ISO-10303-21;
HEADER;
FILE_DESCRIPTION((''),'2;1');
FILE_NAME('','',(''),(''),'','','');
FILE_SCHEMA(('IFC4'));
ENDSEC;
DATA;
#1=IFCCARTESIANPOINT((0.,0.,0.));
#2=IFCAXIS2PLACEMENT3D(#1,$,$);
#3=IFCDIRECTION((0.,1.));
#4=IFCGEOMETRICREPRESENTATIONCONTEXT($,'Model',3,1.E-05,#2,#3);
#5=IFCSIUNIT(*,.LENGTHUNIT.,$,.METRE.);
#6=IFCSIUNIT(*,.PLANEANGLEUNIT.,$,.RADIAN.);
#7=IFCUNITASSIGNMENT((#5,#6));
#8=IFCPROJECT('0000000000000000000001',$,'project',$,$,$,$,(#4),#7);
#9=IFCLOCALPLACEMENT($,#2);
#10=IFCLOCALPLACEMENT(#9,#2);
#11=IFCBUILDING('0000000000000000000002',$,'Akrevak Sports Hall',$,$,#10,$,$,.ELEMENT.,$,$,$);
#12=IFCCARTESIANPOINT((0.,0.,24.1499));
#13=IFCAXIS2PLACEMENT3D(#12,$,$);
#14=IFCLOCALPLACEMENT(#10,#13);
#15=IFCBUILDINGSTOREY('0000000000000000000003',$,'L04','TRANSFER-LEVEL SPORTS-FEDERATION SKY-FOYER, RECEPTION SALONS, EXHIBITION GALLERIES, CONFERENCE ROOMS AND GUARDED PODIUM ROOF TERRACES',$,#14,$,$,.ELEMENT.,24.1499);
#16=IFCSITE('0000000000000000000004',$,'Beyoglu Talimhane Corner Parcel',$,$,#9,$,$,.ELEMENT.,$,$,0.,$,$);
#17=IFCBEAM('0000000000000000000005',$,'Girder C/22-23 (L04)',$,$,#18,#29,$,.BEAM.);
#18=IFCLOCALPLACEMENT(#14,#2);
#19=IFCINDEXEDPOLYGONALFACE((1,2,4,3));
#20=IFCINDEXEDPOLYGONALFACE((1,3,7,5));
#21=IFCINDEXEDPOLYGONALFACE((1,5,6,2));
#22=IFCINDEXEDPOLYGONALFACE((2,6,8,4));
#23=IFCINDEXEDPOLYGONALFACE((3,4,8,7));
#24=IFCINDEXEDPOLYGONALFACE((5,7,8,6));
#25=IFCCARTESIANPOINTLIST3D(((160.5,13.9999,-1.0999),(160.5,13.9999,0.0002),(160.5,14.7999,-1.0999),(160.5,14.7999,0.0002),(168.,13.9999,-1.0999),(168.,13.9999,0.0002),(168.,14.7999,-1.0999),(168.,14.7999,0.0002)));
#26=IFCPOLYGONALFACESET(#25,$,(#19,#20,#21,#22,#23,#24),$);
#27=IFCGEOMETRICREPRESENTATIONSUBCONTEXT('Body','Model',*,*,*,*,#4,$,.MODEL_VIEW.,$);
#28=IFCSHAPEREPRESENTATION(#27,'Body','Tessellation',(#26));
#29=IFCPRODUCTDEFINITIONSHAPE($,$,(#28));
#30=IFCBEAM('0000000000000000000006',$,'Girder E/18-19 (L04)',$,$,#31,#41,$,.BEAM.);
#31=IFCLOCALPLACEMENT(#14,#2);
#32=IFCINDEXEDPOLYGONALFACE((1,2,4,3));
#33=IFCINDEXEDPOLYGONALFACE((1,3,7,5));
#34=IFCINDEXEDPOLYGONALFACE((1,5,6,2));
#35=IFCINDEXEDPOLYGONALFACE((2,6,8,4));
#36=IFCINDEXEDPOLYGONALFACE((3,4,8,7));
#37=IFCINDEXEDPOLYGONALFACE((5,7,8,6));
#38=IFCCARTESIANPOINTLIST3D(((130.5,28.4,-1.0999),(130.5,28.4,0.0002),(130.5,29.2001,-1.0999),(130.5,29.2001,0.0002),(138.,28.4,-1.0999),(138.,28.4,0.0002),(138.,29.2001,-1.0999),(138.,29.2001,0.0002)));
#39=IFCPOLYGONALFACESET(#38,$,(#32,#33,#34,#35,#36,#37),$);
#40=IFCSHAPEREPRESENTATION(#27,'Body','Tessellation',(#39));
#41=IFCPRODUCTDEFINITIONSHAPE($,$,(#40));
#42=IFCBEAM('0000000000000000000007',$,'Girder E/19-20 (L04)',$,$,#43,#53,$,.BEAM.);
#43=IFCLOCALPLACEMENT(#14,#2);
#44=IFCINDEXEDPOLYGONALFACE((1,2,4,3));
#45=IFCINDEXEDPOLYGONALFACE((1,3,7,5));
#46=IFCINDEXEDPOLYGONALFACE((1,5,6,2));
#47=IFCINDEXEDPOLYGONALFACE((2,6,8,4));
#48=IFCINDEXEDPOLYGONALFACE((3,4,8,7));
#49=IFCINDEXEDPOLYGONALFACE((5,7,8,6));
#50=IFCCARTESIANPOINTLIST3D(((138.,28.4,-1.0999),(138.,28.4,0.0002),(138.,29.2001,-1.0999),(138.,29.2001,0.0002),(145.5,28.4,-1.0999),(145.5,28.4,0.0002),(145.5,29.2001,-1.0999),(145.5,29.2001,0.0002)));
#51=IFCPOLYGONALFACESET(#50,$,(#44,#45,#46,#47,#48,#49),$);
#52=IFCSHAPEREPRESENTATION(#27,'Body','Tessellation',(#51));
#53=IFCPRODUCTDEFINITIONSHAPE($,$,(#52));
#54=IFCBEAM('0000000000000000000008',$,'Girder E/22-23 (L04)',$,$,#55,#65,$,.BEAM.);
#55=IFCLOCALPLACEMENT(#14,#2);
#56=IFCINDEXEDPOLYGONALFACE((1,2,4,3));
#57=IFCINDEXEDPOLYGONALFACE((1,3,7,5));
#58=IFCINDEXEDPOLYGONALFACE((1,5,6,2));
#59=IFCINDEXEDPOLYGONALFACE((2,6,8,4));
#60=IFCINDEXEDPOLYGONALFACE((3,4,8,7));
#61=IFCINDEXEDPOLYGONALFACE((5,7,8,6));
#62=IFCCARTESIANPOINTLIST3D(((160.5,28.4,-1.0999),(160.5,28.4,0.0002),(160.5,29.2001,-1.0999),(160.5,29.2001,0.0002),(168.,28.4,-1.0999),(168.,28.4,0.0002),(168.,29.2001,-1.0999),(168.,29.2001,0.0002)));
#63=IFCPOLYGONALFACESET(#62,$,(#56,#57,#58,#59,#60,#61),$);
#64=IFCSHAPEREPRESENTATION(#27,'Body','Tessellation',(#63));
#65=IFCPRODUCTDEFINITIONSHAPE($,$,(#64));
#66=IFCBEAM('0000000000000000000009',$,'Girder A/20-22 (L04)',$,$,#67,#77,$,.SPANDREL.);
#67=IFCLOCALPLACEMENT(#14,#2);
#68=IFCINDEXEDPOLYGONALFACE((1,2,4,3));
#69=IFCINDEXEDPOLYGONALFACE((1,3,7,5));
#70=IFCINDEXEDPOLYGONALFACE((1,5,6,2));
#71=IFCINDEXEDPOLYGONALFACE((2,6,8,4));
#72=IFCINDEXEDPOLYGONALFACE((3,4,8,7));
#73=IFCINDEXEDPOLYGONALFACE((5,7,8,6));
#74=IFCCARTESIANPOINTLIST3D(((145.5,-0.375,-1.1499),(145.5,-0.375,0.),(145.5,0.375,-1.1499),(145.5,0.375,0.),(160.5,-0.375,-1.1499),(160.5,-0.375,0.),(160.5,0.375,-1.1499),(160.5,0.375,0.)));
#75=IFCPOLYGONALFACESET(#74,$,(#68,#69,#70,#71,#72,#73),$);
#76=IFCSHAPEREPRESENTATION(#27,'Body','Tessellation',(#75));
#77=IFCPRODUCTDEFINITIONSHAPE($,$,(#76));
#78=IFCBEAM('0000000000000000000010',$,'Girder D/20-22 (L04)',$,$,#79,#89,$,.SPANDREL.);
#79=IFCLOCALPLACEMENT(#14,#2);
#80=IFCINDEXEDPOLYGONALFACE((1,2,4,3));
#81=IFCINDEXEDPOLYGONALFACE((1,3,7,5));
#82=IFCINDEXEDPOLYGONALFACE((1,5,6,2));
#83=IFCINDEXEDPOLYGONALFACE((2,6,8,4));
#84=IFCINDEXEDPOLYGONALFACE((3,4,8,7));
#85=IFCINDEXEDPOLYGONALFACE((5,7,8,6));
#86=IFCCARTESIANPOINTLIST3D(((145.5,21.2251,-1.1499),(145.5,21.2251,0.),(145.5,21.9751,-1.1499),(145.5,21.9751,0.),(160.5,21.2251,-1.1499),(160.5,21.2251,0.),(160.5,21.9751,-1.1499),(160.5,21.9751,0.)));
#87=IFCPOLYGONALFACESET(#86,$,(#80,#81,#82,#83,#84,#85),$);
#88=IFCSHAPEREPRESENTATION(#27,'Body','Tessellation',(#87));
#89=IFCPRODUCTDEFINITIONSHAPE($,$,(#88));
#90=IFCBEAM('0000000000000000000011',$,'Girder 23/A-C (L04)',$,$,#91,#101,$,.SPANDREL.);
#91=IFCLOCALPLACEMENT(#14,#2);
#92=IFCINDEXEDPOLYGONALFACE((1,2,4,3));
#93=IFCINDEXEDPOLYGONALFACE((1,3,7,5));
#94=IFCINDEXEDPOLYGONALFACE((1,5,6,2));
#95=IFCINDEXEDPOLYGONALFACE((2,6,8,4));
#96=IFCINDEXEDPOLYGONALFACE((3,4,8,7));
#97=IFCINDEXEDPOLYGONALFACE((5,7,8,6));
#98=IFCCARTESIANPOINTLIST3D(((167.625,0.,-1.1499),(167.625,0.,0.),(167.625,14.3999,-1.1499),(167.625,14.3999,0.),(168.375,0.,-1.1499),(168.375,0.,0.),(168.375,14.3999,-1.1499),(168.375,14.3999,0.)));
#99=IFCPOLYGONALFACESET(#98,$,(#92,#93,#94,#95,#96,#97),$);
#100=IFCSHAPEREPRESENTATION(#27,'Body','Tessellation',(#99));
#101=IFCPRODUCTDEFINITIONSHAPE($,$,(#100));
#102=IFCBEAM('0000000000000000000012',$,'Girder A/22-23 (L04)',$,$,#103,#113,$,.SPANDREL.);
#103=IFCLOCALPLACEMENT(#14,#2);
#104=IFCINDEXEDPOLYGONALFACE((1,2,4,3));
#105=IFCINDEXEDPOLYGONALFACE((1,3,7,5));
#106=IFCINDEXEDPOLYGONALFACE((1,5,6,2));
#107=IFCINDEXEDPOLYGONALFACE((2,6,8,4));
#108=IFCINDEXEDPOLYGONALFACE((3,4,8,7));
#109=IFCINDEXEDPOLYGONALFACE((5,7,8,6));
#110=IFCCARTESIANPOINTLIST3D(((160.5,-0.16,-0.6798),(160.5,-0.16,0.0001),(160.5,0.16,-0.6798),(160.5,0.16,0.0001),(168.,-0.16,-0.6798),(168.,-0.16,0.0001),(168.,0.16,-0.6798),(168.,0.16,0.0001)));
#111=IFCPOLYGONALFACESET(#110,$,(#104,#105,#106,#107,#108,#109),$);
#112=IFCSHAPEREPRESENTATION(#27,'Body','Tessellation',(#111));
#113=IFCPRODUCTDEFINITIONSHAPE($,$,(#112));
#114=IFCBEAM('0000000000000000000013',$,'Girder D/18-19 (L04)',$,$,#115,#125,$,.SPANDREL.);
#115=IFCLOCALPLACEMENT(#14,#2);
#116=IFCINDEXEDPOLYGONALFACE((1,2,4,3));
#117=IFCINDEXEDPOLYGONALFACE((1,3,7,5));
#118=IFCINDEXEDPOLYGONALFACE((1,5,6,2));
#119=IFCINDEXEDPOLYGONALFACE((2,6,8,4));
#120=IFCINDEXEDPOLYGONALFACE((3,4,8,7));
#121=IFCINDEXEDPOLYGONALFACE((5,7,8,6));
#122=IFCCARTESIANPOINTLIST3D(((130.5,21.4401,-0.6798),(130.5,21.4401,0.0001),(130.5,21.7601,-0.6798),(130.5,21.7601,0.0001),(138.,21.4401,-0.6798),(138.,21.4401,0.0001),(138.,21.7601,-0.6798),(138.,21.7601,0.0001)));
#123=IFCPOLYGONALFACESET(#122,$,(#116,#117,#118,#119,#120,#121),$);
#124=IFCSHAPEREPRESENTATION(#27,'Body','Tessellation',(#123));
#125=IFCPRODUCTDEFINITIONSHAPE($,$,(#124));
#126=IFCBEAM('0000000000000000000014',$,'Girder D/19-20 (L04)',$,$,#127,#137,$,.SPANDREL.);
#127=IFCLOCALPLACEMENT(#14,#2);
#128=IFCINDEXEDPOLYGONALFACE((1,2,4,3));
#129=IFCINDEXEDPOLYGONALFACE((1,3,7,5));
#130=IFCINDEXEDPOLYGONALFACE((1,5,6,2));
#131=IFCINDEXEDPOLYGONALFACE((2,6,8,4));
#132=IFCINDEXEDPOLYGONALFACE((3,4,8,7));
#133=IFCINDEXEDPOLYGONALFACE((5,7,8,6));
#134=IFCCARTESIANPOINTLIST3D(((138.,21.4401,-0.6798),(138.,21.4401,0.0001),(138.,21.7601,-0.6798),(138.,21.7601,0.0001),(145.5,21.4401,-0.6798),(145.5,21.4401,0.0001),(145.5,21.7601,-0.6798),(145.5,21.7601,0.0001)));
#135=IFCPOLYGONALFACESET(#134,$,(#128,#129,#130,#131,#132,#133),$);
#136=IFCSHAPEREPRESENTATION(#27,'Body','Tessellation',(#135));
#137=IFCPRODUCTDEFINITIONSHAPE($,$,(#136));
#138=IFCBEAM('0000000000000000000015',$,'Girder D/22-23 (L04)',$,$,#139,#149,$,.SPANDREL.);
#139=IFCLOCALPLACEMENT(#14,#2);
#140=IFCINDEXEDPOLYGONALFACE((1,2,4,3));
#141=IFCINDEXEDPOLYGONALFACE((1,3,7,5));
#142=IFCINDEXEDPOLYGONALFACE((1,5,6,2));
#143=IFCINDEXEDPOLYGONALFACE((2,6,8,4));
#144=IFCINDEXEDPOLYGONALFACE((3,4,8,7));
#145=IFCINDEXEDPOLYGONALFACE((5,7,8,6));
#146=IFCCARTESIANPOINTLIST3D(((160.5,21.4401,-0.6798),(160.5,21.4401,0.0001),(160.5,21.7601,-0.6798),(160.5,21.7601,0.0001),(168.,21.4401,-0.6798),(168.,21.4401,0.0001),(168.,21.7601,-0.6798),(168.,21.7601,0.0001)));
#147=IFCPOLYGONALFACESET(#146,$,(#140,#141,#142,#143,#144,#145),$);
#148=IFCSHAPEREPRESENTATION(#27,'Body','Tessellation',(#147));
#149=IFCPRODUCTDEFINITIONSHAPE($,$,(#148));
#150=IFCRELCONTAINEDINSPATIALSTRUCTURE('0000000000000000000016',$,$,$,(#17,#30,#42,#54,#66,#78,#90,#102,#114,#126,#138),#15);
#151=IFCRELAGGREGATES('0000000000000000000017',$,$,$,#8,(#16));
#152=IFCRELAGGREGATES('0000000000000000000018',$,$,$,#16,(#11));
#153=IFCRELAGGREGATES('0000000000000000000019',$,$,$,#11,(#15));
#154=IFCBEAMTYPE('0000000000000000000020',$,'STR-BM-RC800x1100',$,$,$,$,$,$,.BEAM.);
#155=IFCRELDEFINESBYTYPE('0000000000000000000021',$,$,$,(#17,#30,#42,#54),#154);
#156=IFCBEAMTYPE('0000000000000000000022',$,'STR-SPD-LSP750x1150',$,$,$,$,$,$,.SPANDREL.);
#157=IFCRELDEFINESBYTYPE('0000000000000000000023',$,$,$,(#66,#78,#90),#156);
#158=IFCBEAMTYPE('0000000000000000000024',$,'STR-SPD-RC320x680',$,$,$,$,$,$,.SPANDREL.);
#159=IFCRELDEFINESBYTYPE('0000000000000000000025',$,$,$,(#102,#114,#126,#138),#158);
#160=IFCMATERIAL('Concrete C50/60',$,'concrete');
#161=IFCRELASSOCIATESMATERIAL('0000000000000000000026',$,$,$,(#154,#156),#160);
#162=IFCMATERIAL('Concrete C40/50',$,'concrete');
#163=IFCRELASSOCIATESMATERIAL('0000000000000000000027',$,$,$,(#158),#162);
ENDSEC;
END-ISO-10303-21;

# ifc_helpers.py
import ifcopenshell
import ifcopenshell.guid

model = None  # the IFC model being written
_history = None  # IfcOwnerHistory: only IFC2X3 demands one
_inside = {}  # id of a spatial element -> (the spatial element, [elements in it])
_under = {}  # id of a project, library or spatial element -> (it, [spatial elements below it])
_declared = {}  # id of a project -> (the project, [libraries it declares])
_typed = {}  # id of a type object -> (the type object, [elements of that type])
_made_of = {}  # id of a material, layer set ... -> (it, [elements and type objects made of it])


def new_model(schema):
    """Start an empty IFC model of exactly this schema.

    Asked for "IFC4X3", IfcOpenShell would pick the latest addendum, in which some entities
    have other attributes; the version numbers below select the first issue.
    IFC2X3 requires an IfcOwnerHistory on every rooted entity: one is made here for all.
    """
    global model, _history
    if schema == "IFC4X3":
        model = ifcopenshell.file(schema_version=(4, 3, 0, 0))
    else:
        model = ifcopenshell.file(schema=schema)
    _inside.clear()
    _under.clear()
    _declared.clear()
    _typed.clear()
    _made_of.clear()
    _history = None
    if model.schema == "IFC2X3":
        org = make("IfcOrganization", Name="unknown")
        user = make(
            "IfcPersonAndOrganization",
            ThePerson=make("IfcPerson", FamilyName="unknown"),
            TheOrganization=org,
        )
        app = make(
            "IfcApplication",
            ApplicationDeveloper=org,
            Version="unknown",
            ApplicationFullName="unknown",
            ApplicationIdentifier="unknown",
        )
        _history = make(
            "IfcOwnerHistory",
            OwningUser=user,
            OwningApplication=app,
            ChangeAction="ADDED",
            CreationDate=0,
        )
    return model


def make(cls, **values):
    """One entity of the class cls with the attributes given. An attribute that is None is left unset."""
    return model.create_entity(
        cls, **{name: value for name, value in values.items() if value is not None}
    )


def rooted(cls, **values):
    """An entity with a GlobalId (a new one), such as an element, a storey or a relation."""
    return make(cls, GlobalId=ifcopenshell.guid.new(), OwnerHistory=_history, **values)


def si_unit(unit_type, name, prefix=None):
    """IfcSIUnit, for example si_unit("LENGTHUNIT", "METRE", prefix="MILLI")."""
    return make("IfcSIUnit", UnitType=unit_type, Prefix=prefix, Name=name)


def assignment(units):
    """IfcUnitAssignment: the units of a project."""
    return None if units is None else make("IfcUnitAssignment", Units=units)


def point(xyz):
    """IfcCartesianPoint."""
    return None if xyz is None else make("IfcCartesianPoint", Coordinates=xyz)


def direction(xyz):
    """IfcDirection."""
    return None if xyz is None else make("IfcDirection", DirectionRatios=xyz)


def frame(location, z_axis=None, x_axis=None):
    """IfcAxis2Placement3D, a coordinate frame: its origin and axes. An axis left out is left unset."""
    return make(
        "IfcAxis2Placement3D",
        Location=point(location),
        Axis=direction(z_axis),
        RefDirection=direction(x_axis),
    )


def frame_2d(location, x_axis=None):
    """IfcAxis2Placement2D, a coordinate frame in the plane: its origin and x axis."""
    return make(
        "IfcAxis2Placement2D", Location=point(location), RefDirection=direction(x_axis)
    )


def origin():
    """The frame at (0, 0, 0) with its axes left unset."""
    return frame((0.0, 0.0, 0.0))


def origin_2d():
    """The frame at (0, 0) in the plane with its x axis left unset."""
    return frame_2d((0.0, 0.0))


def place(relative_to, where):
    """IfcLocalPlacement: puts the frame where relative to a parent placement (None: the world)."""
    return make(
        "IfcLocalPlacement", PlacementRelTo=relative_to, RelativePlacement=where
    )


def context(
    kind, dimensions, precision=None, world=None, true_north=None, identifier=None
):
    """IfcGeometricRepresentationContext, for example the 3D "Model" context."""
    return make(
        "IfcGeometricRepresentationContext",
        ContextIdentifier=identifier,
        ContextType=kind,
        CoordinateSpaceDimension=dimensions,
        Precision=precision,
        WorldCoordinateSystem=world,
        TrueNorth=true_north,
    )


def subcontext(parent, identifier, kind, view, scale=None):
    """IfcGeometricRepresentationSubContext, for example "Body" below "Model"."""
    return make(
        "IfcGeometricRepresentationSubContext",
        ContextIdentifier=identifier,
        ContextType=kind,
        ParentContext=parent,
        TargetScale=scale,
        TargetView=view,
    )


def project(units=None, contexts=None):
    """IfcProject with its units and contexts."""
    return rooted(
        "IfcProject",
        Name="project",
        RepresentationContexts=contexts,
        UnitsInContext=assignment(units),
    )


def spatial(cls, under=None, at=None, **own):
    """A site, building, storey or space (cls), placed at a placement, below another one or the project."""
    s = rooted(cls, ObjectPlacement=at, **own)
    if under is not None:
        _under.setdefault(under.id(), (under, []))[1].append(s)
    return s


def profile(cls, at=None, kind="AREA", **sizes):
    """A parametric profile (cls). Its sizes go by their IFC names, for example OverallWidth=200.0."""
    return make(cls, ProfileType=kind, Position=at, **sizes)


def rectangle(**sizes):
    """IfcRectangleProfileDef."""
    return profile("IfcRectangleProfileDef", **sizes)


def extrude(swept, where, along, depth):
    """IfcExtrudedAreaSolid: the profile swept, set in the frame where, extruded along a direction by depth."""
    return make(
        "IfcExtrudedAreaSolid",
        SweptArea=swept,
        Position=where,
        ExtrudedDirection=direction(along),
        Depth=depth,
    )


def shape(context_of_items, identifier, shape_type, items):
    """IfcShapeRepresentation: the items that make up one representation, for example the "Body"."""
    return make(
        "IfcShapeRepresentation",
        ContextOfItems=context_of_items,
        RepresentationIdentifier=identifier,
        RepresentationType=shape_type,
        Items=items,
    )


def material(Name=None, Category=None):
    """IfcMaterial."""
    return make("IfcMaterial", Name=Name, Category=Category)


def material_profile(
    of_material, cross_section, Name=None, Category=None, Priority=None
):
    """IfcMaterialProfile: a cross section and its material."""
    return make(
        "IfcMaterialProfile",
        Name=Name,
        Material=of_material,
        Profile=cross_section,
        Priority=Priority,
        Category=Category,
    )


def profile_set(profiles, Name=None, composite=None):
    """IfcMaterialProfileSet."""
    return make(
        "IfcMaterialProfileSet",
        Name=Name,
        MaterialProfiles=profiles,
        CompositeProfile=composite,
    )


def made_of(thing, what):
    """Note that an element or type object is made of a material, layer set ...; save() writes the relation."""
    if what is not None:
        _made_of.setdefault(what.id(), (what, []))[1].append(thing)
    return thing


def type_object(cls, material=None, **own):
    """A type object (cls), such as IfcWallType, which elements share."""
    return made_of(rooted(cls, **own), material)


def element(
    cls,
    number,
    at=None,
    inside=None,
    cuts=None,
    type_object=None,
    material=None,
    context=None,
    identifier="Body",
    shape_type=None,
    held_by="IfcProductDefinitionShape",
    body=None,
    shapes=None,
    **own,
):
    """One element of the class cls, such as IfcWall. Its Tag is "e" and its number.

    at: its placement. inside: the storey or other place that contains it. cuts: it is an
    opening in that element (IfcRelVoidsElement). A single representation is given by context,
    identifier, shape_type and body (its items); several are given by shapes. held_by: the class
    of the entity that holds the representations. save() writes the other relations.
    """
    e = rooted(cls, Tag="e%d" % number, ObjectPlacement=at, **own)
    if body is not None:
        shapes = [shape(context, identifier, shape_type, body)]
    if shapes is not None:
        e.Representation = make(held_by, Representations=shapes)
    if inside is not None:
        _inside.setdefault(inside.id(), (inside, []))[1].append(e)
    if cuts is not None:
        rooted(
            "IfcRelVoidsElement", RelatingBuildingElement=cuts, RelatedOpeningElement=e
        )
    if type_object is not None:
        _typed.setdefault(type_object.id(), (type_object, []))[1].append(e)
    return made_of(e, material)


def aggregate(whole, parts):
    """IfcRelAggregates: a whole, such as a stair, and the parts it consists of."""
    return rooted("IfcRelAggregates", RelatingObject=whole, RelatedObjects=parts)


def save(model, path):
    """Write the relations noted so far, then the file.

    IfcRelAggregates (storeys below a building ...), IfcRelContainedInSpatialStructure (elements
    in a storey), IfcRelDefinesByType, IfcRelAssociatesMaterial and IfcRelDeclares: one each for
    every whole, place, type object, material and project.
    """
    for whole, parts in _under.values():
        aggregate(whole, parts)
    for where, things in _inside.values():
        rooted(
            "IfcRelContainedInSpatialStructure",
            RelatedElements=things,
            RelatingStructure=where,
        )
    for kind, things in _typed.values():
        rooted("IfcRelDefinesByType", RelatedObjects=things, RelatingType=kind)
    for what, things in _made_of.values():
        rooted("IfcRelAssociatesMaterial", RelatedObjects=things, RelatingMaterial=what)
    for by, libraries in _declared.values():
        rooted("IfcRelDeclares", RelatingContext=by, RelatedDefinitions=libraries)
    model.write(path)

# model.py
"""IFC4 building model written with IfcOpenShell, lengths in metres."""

from ifc_helpers import new_model, si_unit, direction, frame, origin, origin_2d, place, context, subcontext, project, spatial, rectangle, extrude, material, material_profile, profile_set, type_object, element, save


model = new_model("IFC4")

# Units and contexts
model_context = context("Model", 3, precision=1e-05, world=origin(), true_north=direction((0.0, 1.0)))
body_context = subcontext(model_context, "Body", "Model", "MODEL_VIEW")
ifc_project = project(units=[si_unit("LENGTHUNIT", "METRE"), si_unit("PLANEANGLEUNIT", "RADIAN")], contexts=[model_context])

# Site, building, storey
site_placement = place(None, origin())
site = spatial("IfcSite", under=ifc_project, at=site_placement, Name="Beyoglu Talimhane Corner Parcel", CompositionType="ELEMENT", RefElevation=0.0)
building_placement = place(site_placement, origin())
building = spatial("IfcBuilding", under=site, at=building_placement, Name="Akrevak Sports Hall", CompositionType="ELEMENT")
storey_placement = place(building_placement, frame((0.0, 0.0, 24.1499)))
storey = spatial("IfcBuildingStorey", under=building, at=storey_placement, Name="L04", Description="TRANSFER-LEVEL SPORTS-FEDERATION SKY-FOYER, RECEPTION SALONS, EXHIBITION GALLERIES, CONFERENCE ROOMS AND GUARDED PODIUM ROOF TERRACES", CompositionType="ELEMENT", Elevation=24.1499)

# Beams
ifc_material_1 = material(Name="Concrete C50/60", Category="concrete")
ifc_material_profile_1 = material_profile(ifc_material_1, rectangle(XDim=0.8, YDim=1.1001, at=origin_2d()), Name="BM 800x1100", Category="concrete")
ifc_profile_set_1 = profile_set([ifc_material_profile_1], Name="Concrete C50/60")
beam_type_1 = type_object("IfcBeamType", Name="STR-BM-RC800x1100", PredefinedType="BEAM", material=ifc_profile_set_1)
for number, where, z_axis, x_axis, name in (
    (1, (160.5, 14.3999, -0.5498), (1.0, 0.0, 0.0), (0.0, 1.0, 0.0), "Girder C/22-23 (L04)"),
    (2, (130.5, 28.8, -0.5498), (1.0, 0.0, 0.0), (0.0, 1.0, 0.0), "Girder E/18-19 (L04)"),
    (3, (138.0, 28.8, -0.5498), (1.0, 0.0, 0.0), (0.0, 1.0, 0.0), "Girder E/19-20 (L04)"),
    (4, (160.5, 28.8, -0.5498), (1.0, 0.0, 0.0), (0.0, 1.0, 0.0), "Girder E/22-23 (L04)"),
):
    element("IfcBeam", number, at=place(storey_placement, frame(where, z_axis=z_axis, x_axis=x_axis)), inside=storey, type_object=beam_type_1, Name=name, PredefinedType="BEAM", context=body_context, shape_type="SweptSolid", body=[
        extrude(rectangle(XDim=0.8, YDim=1.1001, at=origin_2d()), origin(), (0.0, 0.0, 1.0), 7.5),
    ])
ifc_material_profile_2 = material_profile(ifc_material_1, rectangle(XDim=0.75, YDim=1.1499, at=origin_2d()), Name="SPD 750x1150", Category="concrete")
ifc_profile_set_2 = profile_set([ifc_material_profile_2], Name="Concrete C50/60")
beam_type_2 = type_object("IfcBeamType", Name="STR-SPD-LSP750x1150", PredefinedType="SPANDREL", material=ifc_profile_set_2)
for number, where, z_axis, x_axis, name in (
    (5, (145.5, 0.0, -0.575), (1.0, 0.0, 0.0), (0.0, 1.0, 0.0), "Girder A/20-22 (L04)"),
    (6, (145.5, 21.6001, -0.575), (1.0, 0.0, 0.0), (0.0, 1.0, 0.0), "Girder D/20-22 (L04)"),
):
    element("IfcBeam", number, at=place(storey_placement, frame(where, z_axis=z_axis, x_axis=x_axis)), inside=storey, type_object=beam_type_2, Name=name, PredefinedType="SPANDREL", context=body_context, shape_type="SweptSolid", body=[
        extrude(rectangle(XDim=0.75, YDim=1.1499, at=origin_2d()), origin(), (0.0, 0.0, 1.0), 15.0),
    ])
beam_1_placement = place(storey_placement, frame((168.0, 0.0, -0.575), z_axis=(0.0, 1.0, 0.0), x_axis=(-1.0, 0.0, 0.0)))
element("IfcBeam", 7, at=beam_1_placement, inside=storey, type_object=beam_type_2, Name="Girder 23/A-C (L04)", PredefinedType="SPANDREL", context=body_context, shape_type="SweptSolid", body=[
    extrude(rectangle(XDim=0.75, YDim=1.1499, at=origin_2d()), origin(), (0.0, 0.0, 1.0), 14.3999),
])
ifc_material_2 = material(Name="Concrete C40/50", Category="concrete")
ifc_material_profile_3 = material_profile(ifc_material_2, rectangle(XDim=0.3201, YDim=0.6799, at=origin_2d()), Name="SPD 320x680", Category="concrete")
ifc_profile_set_3 = profile_set([ifc_material_profile_3], Name="Concrete C40/50")
beam_type_3 = type_object("IfcBeamType", Name="STR-SPD-RC320x680", PredefinedType="SPANDREL", material=ifc_profile_set_3)
for number, where, z_axis, x_axis, name in (
    (8, (160.5, 0.0, -0.3398), (1.0, 0.0, 0.0), (0.0, 1.0, 0.0), "Girder A/22-23 (L04)"),
    (9, (130.5, 21.6001, -0.3398), (1.0, 0.0, 0.0), (0.0, 1.0, 0.0), "Girder D/18-19 (L04)"),
    (10, (138.0, 21.6001, -0.3398), (1.0, 0.0, 0.0), (0.0, 1.0, 0.0), "Girder D/19-20 (L04)"),
    (11, (160.5, 21.6001, -0.3398), (1.0, 0.0, 0.0), (0.0, 1.0, 0.0), "Girder D/22-23 (L04)"),
):
    element("IfcBeam", number, at=place(storey_placement, frame(where, z_axis=z_axis, x_axis=x_axis)), inside=storey, type_object=beam_type_3, Name=name, PredefinedType="SPANDREL", context=body_context, shape_type="SweptSolid", body=[
        extrude(rectangle(XDim=0.3201, YDim=0.6799, at=origin_2d()), origin(), (0.0, 0.0, 1.0), 7.5),
    ])

save(model, "model.ifc")
